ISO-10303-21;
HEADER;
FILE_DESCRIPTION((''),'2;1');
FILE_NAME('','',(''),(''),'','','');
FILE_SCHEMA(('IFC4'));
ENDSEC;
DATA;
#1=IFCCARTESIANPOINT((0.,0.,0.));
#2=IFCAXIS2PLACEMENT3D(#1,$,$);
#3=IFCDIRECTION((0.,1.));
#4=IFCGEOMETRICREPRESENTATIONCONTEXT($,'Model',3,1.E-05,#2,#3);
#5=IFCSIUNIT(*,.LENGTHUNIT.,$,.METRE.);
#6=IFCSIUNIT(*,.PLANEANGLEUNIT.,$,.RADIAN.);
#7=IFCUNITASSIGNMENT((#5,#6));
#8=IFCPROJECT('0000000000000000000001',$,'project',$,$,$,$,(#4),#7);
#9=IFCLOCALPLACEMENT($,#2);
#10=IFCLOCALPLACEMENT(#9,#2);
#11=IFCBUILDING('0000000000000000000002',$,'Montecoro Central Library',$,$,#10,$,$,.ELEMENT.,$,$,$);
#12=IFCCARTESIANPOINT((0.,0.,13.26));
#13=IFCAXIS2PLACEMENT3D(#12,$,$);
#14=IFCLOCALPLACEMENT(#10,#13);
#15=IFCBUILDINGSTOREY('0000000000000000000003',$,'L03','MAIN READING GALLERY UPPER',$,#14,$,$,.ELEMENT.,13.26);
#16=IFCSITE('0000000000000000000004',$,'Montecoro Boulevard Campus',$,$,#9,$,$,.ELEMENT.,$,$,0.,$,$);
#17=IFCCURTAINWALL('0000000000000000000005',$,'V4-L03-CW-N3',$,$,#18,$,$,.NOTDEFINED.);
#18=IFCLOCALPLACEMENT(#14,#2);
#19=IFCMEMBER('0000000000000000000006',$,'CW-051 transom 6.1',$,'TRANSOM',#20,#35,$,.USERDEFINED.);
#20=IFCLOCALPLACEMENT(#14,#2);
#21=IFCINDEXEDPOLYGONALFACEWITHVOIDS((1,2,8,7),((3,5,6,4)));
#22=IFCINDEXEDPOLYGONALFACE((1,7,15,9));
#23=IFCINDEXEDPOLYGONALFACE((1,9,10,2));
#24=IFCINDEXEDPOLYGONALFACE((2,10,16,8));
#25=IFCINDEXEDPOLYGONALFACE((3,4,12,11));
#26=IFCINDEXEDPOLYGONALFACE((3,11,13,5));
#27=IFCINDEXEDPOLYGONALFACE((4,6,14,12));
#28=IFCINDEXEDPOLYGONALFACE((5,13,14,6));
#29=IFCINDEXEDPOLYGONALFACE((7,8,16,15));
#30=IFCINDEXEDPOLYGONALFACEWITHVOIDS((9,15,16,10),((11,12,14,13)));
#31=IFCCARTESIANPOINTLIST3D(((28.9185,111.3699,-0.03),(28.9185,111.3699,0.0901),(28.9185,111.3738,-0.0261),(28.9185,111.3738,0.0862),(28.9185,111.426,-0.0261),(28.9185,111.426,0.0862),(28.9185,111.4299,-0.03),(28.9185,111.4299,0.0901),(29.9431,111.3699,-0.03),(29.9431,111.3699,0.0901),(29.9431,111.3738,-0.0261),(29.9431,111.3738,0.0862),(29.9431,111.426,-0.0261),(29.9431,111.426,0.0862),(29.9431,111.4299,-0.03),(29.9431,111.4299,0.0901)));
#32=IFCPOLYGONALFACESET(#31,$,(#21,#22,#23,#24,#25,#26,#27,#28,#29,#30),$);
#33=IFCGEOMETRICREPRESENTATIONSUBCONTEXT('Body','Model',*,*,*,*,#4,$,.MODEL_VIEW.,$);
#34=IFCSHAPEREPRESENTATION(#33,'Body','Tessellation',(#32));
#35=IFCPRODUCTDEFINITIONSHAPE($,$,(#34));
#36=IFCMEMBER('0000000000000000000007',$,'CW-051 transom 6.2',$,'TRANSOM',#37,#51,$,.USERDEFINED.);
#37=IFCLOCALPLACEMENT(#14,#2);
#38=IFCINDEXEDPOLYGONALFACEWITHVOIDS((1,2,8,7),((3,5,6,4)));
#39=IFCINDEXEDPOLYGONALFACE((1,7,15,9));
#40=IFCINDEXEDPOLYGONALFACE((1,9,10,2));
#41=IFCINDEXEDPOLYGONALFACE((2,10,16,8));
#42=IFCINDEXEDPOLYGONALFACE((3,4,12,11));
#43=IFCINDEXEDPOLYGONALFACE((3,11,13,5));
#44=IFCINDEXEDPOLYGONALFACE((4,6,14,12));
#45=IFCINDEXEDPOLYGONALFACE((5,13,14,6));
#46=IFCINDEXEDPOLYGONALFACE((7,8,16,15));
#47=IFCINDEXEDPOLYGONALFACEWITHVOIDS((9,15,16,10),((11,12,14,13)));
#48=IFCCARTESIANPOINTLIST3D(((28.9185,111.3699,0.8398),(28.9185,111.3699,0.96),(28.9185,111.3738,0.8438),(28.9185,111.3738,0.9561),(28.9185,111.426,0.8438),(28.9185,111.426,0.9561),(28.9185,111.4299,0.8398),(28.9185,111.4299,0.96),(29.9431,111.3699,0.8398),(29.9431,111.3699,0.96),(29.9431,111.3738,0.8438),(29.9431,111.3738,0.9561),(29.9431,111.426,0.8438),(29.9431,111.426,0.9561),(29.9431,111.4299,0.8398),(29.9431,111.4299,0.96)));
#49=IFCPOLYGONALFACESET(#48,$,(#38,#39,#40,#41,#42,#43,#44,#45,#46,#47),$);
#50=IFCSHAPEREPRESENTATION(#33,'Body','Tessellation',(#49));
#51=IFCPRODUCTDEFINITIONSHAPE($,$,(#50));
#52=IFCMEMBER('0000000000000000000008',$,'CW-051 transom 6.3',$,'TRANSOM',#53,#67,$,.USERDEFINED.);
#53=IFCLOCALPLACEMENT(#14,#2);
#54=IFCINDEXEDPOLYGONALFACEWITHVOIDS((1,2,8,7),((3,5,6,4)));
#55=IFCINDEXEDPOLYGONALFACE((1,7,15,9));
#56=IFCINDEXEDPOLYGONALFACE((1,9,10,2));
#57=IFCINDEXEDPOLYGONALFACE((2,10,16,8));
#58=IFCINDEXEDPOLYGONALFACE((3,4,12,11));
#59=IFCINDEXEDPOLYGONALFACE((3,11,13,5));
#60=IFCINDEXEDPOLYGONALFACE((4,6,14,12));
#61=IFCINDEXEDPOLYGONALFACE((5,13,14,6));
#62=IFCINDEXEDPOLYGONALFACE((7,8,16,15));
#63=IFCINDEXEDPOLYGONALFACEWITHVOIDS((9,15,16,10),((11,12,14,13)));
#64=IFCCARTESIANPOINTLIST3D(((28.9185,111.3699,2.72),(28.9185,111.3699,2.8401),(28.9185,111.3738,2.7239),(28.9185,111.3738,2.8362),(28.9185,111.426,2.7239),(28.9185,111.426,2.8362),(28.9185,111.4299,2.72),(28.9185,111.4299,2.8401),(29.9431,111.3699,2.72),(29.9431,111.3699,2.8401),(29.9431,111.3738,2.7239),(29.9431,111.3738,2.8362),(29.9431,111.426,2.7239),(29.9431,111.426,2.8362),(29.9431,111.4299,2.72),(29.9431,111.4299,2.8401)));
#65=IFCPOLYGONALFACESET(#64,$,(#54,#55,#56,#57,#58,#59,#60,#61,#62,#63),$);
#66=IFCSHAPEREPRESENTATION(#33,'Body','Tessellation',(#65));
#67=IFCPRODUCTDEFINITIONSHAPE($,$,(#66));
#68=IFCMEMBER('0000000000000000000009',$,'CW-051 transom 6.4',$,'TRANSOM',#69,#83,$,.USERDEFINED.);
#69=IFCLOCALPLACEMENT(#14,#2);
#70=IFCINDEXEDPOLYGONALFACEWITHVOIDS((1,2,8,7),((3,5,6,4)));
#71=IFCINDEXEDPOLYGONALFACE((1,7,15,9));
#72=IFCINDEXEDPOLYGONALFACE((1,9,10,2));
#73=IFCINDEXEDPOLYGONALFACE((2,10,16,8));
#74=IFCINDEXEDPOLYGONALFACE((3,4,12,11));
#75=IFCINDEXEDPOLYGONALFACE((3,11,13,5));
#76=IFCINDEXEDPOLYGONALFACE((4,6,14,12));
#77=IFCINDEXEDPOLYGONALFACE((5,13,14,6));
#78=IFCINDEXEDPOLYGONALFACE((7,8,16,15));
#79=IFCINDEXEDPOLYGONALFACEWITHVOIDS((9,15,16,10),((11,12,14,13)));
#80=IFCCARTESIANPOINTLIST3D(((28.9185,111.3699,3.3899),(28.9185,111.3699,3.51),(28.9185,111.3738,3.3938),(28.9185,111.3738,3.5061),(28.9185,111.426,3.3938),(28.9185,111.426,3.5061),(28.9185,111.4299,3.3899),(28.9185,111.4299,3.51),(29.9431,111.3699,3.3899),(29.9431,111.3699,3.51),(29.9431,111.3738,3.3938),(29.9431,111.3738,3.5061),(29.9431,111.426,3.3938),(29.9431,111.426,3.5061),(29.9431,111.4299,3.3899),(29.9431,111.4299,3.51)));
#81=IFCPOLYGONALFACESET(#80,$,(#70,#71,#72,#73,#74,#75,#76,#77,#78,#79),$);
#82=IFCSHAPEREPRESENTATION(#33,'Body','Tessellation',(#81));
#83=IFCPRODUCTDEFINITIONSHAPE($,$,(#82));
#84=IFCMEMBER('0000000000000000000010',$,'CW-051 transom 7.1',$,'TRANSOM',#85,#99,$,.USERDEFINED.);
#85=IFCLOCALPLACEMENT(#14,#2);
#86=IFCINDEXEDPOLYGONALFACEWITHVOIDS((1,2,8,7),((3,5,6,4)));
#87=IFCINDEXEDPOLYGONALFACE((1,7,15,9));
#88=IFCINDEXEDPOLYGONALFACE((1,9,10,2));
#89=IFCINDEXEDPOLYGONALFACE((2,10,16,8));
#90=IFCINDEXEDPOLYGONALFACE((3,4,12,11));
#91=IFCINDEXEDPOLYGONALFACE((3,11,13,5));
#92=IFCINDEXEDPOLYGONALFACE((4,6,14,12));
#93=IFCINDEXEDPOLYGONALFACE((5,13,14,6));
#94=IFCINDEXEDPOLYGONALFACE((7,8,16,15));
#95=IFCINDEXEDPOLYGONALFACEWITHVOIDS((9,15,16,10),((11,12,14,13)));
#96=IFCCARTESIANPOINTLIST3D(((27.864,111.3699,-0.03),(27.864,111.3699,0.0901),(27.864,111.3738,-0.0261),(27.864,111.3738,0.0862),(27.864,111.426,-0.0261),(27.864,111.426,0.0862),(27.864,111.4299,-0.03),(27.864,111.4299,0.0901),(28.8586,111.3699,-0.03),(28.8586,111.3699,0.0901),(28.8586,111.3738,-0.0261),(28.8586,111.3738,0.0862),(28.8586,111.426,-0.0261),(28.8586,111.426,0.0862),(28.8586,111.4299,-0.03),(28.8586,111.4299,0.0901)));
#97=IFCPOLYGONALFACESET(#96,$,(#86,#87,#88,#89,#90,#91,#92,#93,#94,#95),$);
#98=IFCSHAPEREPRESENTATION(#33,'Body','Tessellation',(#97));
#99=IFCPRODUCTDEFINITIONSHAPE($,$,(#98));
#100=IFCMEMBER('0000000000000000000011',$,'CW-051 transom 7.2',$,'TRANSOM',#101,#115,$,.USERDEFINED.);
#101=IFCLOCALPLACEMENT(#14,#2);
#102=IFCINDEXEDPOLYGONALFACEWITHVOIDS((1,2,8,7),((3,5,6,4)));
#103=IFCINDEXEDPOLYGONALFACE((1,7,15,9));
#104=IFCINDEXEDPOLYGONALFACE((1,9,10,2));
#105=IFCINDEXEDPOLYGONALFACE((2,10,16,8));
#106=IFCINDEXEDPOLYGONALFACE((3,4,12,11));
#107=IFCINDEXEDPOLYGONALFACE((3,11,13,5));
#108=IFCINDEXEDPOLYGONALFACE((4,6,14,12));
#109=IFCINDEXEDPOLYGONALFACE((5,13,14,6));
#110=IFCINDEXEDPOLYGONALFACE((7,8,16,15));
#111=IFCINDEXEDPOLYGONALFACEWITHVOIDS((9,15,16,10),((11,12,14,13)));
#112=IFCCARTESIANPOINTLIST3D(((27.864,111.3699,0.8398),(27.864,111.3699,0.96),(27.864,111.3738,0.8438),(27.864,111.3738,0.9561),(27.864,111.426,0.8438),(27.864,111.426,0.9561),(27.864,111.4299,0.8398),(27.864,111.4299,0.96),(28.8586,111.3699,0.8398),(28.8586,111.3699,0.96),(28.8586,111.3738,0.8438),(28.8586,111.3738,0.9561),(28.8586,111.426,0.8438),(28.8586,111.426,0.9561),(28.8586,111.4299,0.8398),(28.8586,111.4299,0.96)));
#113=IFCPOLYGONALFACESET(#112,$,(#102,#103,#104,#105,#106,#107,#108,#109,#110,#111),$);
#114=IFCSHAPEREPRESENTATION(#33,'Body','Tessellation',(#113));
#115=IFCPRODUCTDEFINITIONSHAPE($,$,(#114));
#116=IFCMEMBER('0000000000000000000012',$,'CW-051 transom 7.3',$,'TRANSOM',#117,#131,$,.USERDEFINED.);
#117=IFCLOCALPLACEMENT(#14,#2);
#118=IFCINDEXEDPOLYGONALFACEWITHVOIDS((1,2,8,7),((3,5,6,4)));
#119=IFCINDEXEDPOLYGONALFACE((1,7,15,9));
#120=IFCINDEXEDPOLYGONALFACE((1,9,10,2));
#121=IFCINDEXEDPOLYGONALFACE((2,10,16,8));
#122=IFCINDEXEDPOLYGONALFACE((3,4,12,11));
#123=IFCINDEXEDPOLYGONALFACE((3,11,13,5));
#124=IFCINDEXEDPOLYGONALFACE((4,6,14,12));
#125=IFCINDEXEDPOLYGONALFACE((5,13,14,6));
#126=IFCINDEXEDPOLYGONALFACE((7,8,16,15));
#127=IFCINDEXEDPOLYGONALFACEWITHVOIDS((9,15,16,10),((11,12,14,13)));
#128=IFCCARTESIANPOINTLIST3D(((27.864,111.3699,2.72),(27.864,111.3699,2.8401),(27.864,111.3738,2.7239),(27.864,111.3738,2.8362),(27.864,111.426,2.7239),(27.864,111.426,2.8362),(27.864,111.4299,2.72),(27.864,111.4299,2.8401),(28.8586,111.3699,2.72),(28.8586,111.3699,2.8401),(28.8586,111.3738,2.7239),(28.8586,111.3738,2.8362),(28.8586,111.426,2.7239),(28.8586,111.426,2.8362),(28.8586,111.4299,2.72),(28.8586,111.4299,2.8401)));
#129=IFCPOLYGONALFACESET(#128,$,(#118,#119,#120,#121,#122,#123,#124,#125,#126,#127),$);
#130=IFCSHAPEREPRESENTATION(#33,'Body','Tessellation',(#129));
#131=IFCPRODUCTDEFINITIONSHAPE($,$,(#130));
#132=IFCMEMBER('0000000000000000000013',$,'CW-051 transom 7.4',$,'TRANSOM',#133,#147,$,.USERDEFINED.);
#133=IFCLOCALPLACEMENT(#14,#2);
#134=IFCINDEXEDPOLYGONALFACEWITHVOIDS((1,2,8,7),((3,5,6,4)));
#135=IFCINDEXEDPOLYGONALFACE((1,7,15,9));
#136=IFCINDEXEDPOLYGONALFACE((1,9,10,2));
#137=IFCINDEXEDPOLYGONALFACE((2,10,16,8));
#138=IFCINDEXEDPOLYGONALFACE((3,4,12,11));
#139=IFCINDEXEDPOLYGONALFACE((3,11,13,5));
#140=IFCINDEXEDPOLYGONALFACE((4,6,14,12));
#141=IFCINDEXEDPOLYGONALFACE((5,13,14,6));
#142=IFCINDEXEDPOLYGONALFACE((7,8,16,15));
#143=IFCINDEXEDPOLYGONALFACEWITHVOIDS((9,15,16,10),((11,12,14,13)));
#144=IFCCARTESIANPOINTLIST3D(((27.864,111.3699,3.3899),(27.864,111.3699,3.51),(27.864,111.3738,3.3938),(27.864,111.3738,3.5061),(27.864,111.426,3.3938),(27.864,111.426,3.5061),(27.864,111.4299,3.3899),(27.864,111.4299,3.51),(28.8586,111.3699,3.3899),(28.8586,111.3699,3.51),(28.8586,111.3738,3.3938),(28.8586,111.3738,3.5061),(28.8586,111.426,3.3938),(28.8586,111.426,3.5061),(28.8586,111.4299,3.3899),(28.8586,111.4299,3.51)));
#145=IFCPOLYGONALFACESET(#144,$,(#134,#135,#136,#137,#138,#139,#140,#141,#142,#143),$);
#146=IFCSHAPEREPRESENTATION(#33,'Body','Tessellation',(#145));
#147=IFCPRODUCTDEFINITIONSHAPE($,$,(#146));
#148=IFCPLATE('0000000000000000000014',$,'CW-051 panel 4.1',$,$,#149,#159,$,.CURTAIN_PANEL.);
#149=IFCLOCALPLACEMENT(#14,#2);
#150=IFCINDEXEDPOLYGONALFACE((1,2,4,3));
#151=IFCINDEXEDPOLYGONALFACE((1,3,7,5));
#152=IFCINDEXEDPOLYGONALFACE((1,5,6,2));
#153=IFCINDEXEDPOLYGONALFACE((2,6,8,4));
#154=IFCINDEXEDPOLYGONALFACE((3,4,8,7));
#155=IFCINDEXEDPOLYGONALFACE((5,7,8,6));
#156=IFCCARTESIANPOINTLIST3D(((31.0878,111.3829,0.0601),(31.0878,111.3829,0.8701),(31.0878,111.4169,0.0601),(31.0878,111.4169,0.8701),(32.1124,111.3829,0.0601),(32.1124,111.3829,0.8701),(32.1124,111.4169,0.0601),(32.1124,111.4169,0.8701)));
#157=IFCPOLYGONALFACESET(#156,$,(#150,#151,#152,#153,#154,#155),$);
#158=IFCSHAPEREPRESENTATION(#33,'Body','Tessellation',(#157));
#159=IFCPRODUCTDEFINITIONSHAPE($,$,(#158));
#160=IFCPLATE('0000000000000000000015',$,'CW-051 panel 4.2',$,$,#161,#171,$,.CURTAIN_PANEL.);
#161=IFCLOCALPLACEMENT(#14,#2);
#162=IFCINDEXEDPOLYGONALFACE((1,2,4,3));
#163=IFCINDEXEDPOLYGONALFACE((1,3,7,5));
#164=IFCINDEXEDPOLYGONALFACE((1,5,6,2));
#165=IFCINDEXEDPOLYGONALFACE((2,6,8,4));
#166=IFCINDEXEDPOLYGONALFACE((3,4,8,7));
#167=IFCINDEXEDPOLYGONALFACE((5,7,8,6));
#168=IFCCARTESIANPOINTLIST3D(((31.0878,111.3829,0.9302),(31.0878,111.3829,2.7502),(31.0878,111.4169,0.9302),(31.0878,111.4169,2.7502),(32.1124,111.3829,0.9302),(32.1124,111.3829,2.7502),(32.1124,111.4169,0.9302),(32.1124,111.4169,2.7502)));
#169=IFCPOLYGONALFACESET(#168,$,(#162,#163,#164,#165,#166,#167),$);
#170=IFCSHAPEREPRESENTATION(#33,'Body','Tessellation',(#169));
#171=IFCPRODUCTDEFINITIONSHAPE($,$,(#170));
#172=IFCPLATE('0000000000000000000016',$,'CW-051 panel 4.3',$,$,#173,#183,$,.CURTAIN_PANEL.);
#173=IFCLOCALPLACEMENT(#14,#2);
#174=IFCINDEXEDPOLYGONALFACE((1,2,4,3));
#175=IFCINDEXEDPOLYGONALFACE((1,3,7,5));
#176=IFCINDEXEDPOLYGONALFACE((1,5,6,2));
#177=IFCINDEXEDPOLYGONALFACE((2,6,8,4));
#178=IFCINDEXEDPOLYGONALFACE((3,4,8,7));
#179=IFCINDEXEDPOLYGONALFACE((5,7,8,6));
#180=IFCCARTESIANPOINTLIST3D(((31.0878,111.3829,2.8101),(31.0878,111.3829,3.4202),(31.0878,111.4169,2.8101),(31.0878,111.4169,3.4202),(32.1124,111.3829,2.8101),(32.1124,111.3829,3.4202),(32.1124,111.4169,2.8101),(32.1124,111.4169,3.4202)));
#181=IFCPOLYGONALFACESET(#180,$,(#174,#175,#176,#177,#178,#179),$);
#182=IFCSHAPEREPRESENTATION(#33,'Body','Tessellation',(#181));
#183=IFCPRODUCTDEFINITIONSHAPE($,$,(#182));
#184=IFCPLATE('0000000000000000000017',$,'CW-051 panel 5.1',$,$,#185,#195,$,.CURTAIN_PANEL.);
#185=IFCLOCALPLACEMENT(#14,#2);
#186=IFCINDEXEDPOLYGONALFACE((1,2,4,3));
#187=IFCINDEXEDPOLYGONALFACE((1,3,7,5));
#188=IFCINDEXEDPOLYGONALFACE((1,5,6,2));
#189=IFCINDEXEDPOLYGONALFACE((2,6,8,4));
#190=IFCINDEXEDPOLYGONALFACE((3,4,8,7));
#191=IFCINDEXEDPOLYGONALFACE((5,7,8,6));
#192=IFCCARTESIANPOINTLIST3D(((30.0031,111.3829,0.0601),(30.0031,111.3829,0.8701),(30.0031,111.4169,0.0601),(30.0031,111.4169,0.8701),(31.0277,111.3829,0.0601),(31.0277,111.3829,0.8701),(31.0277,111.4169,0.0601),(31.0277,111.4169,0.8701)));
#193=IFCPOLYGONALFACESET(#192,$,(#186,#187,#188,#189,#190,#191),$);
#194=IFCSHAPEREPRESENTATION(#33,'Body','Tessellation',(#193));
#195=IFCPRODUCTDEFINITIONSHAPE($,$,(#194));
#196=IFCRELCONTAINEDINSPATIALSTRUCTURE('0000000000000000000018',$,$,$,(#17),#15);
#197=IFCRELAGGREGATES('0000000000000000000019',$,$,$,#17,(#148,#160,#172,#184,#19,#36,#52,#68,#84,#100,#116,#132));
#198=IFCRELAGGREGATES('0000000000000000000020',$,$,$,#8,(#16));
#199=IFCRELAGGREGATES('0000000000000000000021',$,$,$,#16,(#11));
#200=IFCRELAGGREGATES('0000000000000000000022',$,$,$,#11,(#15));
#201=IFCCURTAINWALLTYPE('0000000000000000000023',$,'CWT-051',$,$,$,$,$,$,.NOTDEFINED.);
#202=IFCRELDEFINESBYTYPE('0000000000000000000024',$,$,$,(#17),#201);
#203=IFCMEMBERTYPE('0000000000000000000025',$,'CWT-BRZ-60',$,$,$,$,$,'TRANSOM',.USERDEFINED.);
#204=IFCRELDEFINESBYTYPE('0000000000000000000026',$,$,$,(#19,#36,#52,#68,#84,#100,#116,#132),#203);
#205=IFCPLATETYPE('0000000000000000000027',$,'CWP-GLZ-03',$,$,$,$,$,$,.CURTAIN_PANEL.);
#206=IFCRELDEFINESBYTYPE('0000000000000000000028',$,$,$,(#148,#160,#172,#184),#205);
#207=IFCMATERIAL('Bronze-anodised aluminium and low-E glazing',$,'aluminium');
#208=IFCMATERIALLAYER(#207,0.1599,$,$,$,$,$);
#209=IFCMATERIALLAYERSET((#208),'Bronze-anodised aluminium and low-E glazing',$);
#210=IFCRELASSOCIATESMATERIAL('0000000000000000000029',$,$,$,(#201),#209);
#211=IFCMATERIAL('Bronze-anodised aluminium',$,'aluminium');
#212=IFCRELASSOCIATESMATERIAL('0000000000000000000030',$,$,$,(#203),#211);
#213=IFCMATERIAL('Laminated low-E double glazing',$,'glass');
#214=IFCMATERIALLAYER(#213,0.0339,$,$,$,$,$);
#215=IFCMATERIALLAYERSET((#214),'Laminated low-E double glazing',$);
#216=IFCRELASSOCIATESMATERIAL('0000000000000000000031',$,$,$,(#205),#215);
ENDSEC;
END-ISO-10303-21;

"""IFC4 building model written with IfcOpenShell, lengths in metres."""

from ifc_helpers import new_model, si_unit, direction, frame, origin, origin_2d, place, context, subcontext, project, spatial, rectangle, hollow_rectangle, extrude, material, layer, layer_set, material_profile, profile_set, type_object, element, aggregate, save


model = new_model("IFC4")

# Units and contexts
model_context = context("Model", 3, precision=1e-05, world=origin(), true_north=direction((0.0, 1.0)))
body_context = subcontext(model_context, "Body", "Model", "MODEL_VIEW")
ifc_project = project(units=[si_unit("LENGTHUNIT", "METRE"), si_unit("PLANEANGLEUNIT", "RADIAN")], contexts=[model_context])

# Site, building, storey
site_placement = place(None, origin())
site = spatial("IfcSite", under=ifc_project, at=site_placement, Name="Montecoro Boulevard Campus", CompositionType="ELEMENT", RefElevation=0.0)
building_placement = place(site_placement, origin())
building = spatial("IfcBuilding", under=site, at=building_placement, Name="Montecoro Central Library", CompositionType="ELEMENT")
storey_placement = place(building_placement, frame((0.0, 0.0, 13.26)))
storey = spatial("IfcBuildingStorey", under=building, at=storey_placement, Name="L03", Description="MAIN READING GALLERY UPPER", CompositionType="ELEMENT", Elevation=13.26)

# Curtain wall, members, plates
ifc_material_1 = material(Name="Bronze-anodised aluminium and low-E glazing", Category="aluminium")
ifc_layer_1 = layer(ifc_material_1, 0.1599)
ifc_layer_set_1 = layer_set([ifc_layer_1], Name="Bronze-anodised aluminium and low-E glazing")
curtain_wall_type = type_object("IfcCurtainWallType", Name="CWT-051", PredefinedType="NOTDEFINED", material=ifc_layer_set_1)
curtain_wall_placement = place(storey_placement, origin())
curtain_wall = element("IfcCurtainWall", 1, at=curtain_wall_placement, inside=storey, type_object=curtain_wall_type, Name="V4-L03-CW-N3", PredefinedType="NOTDEFINED")
ifc_material_2 = material(Name="Bronze-anodised aluminium", Category="aluminium")
ifc_material_profile_1 = material_profile(ifc_material_2, hollow_rectangle(XDim=0.0601, YDim=0.1201, WallThickness=0.0039, at=origin_2d()), Name="CWT 120x60x4.0")
ifc_profile_set_1 = profile_set([ifc_material_profile_1], Name="Bronze-anodised aluminium")
member_type_1 = type_object("IfcMemberType", Name="CWT-BRZ-60", ElementType="TRANSOM", PredefinedType="USERDEFINED", material=ifc_profile_set_1)
member_1_placement = place(storey_placement, frame((29.9431, 111.3999, 0.03), z_axis=(-1.0, 0.0, 0.0), x_axis=(0.0, -1.0, 0.0)))
member_1 = element("IfcMember", 2, at=member_1_placement, type_object=member_type_1, Name="CW-051 transom 6.1", ObjectType="TRANSOM", PredefinedType="USERDEFINED", context=body_context, shape_type="SweptSolid", body=[
    extrude(hollow_rectangle(XDim=0.0601, YDim=0.1201, WallThickness=0.0039, at=origin_2d()), origin(), (0.0, 0.0, 1.0), 1.0247),
])
member_2_placement = place(storey_placement, frame((29.9431, 111.3999, 0.8999), z_axis=(-1.0, 0.0, 0.0), x_axis=(0.0, -1.0, 0.0)))
member_2 = element("IfcMember", 3, at=member_2_placement, type_object=member_type_1, Name="CW-051 transom 6.2", ObjectType="TRANSOM", PredefinedType="USERDEFINED", context=body_context, shape_type="SweptSolid", body=[
    extrude(hollow_rectangle(XDim=0.0601, YDim=0.1201, WallThickness=0.0039, at=origin_2d()), origin(), (0.0, 0.0, 1.0), 1.0247),
])
member_3_placement = place(storey_placement, frame((29.9431, 111.3999, 2.78), z_axis=(-1.0, 0.0, 0.0), x_axis=(0.0, -1.0, 0.0)))
member_3 = element("IfcMember", 4, at=member_3_placement, type_object=member_type_1, Name="CW-051 transom 6.3", ObjectType="TRANSOM", PredefinedType="USERDEFINED", context=body_context, shape_type="SweptSolid", body=[
    extrude(hollow_rectangle(XDim=0.0601, YDim=0.1201, WallThickness=0.0039, at=origin_2d()), origin(), (0.0, 0.0, 1.0), 1.0247),
])
member_4_placement = place(storey_placement, frame((29.9431, 111.3999, 3.45), z_axis=(-1.0, 0.0, 0.0), x_axis=(0.0, -1.0, 0.0)))
member_4 = element("IfcMember", 5, at=member_4_placement, type_object=member_type_1, Name="CW-051 transom 6.4", ObjectType="TRANSOM", PredefinedType="USERDEFINED", context=body_context, shape_type="SweptSolid", body=[
    extrude(hollow_rectangle(XDim=0.0601, YDim=0.1201, WallThickness=0.0039, at=origin_2d()), origin(), (0.0, 0.0, 1.0), 1.0247),
])
member_5_placement = place(storey_placement, frame((28.8586, 111.3999, 0.03), z_axis=(-1.0, 0.0, 0.0), x_axis=(0.0, -1.0, 0.0)))
member_5 = element("IfcMember", 6, at=member_5_placement, type_object=member_type_1, Name="CW-051 transom 7.1", ObjectType="TRANSOM", PredefinedType="USERDEFINED", context=body_context, shape_type="SweptSolid", body=[
    extrude(hollow_rectangle(XDim=0.0601, YDim=0.1201, WallThickness=0.0039, at=origin_2d()), origin(), (0.0, 0.0, 1.0), 0.9946),
])
member_6_placement = place(storey_placement, frame((28.8586, 111.3999, 0.8999), z_axis=(-1.0, 0.0, 0.0), x_axis=(0.0, -1.0, 0.0)))
member_6 = element("IfcMember", 7, at=member_6_placement, type_object=member_type_1, Name="CW-051 transom 7.2", ObjectType="TRANSOM", PredefinedType="USERDEFINED", context=body_context, shape_type="SweptSolid", body=[
    extrude(hollow_rectangle(XDim=0.0601, YDim=0.1201, WallThickness=0.0039, at=origin_2d()), origin(), (0.0, 0.0, 1.0), 0.9946),
])
member_7_placement = place(storey_placement, frame((28.8586, 111.3999, 2.78), z_axis=(-1.0, 0.0, 0.0), x_axis=(0.0, -1.0, 0.0)))
member_7 = element("IfcMember", 8, at=member_7_placement, type_object=member_type_1, Name="CW-051 transom 7.3", ObjectType="TRANSOM", PredefinedType="USERDEFINED", context=body_context, shape_type="SweptSolid", body=[
    extrude(hollow_rectangle(XDim=0.0601, YDim=0.1201, WallThickness=0.0039, at=origin_2d()), origin(), (0.0, 0.0, 1.0), 0.9946),
])
member_8_placement = place(storey_placement, frame((28.8586, 111.3999, 3.45), z_axis=(-1.0, 0.0, 0.0), x_axis=(0.0, -1.0, 0.0)))
member_8 = element("IfcMember", 9, at=member_8_placement, type_object=member_type_1, Name="CW-051 transom 7.4", ObjectType="TRANSOM", PredefinedType="USERDEFINED", context=body_context, shape_type="SweptSolid", body=[
    extrude(hollow_rectangle(XDim=0.0601, YDim=0.1201, WallThickness=0.0039, at=origin_2d()), origin(), (0.0, 0.0, 1.0), 0.9946),
])
ifc_material_3 = material(Name="Laminated low-E double glazing", Category="glass")
ifc_layer_2 = layer(ifc_material_3, 0.0339)
ifc_layer_set_2 = layer_set([ifc_layer_2], Name="Laminated low-E double glazing")
plate_type = type_object("IfcPlateType", Name="CWP-GLZ-03", PredefinedType="CURTAIN_PANEL", material=ifc_layer_set_2)
plate_1_placement = place(storey_placement, frame((31.6001, 111.3999, 0.0601), z_axis=(0.0, 0.0, 1.0), x_axis=(-1.0, 0.0, 0.0)))
plate_1 = element("IfcPlate", 10, at=plate_1_placement, type_object=plate_type, Name="CW-051 panel 4.1", PredefinedType="CURTAIN_PANEL", context=body_context, shape_type="SweptSolid", body=[
    extrude(rectangle(XDim=1.0247, YDim=0.0339, at=origin_2d()), origin(), (0.0, 0.0, 1.0), 0.8101),
])
plate_2_placement = place(storey_placement, frame((31.6001, 111.3999, 0.9302), z_axis=(0.0, 0.0, 1.0), x_axis=(-1.0, 0.0, 0.0)))
plate_2 = element("IfcPlate", 11, at=plate_2_placement, type_object=plate_type, Name="CW-051 panel 4.2", PredefinedType="CURTAIN_PANEL", context=body_context, shape_type="SweptSolid", body=[
    extrude(rectangle(XDim=1.0247, YDim=0.0339, at=origin_2d()), origin(), (0.0, 0.0, 1.0), 1.8201),
])
plate_3_placement = place(storey_placement, frame((31.6001, 111.3999, 2.8101), z_axis=(0.0, 0.0, 1.0), x_axis=(-1.0, 0.0, 0.0)))
plate_3 = element("IfcPlate", 12, at=plate_3_placement, type_object=plate_type, Name="CW-051 panel 4.3", PredefinedType="CURTAIN_PANEL", context=body_context, shape_type="SweptSolid", body=[
    extrude(rectangle(XDim=1.0247, YDim=0.0339, at=origin_2d()), origin(), (0.0, 0.0, 1.0), 0.6101),
])
plate_4_placement = place(storey_placement, frame((30.5154, 111.3999, 0.0601), z_axis=(0.0, 0.0, 1.0), x_axis=(-1.0, 0.0, 0.0)))
plate_4 = element("IfcPlate", 13, at=plate_4_placement, type_object=plate_type, Name="CW-051 panel 5.1", PredefinedType="CURTAIN_PANEL", context=body_context, shape_type="SweptSolid", body=[
    extrude(rectangle(XDim=1.0247, YDim=0.0339, at=origin_2d()), origin(), (0.0, 0.0, 1.0), 0.8101),
])
aggregate(curtain_wall, [plate_1, plate_2, plate_3, plate_4, member_1, member_2, member_3, member_4, member_5, member_6, member_7, member_8])

save(model, "model.ifc")
